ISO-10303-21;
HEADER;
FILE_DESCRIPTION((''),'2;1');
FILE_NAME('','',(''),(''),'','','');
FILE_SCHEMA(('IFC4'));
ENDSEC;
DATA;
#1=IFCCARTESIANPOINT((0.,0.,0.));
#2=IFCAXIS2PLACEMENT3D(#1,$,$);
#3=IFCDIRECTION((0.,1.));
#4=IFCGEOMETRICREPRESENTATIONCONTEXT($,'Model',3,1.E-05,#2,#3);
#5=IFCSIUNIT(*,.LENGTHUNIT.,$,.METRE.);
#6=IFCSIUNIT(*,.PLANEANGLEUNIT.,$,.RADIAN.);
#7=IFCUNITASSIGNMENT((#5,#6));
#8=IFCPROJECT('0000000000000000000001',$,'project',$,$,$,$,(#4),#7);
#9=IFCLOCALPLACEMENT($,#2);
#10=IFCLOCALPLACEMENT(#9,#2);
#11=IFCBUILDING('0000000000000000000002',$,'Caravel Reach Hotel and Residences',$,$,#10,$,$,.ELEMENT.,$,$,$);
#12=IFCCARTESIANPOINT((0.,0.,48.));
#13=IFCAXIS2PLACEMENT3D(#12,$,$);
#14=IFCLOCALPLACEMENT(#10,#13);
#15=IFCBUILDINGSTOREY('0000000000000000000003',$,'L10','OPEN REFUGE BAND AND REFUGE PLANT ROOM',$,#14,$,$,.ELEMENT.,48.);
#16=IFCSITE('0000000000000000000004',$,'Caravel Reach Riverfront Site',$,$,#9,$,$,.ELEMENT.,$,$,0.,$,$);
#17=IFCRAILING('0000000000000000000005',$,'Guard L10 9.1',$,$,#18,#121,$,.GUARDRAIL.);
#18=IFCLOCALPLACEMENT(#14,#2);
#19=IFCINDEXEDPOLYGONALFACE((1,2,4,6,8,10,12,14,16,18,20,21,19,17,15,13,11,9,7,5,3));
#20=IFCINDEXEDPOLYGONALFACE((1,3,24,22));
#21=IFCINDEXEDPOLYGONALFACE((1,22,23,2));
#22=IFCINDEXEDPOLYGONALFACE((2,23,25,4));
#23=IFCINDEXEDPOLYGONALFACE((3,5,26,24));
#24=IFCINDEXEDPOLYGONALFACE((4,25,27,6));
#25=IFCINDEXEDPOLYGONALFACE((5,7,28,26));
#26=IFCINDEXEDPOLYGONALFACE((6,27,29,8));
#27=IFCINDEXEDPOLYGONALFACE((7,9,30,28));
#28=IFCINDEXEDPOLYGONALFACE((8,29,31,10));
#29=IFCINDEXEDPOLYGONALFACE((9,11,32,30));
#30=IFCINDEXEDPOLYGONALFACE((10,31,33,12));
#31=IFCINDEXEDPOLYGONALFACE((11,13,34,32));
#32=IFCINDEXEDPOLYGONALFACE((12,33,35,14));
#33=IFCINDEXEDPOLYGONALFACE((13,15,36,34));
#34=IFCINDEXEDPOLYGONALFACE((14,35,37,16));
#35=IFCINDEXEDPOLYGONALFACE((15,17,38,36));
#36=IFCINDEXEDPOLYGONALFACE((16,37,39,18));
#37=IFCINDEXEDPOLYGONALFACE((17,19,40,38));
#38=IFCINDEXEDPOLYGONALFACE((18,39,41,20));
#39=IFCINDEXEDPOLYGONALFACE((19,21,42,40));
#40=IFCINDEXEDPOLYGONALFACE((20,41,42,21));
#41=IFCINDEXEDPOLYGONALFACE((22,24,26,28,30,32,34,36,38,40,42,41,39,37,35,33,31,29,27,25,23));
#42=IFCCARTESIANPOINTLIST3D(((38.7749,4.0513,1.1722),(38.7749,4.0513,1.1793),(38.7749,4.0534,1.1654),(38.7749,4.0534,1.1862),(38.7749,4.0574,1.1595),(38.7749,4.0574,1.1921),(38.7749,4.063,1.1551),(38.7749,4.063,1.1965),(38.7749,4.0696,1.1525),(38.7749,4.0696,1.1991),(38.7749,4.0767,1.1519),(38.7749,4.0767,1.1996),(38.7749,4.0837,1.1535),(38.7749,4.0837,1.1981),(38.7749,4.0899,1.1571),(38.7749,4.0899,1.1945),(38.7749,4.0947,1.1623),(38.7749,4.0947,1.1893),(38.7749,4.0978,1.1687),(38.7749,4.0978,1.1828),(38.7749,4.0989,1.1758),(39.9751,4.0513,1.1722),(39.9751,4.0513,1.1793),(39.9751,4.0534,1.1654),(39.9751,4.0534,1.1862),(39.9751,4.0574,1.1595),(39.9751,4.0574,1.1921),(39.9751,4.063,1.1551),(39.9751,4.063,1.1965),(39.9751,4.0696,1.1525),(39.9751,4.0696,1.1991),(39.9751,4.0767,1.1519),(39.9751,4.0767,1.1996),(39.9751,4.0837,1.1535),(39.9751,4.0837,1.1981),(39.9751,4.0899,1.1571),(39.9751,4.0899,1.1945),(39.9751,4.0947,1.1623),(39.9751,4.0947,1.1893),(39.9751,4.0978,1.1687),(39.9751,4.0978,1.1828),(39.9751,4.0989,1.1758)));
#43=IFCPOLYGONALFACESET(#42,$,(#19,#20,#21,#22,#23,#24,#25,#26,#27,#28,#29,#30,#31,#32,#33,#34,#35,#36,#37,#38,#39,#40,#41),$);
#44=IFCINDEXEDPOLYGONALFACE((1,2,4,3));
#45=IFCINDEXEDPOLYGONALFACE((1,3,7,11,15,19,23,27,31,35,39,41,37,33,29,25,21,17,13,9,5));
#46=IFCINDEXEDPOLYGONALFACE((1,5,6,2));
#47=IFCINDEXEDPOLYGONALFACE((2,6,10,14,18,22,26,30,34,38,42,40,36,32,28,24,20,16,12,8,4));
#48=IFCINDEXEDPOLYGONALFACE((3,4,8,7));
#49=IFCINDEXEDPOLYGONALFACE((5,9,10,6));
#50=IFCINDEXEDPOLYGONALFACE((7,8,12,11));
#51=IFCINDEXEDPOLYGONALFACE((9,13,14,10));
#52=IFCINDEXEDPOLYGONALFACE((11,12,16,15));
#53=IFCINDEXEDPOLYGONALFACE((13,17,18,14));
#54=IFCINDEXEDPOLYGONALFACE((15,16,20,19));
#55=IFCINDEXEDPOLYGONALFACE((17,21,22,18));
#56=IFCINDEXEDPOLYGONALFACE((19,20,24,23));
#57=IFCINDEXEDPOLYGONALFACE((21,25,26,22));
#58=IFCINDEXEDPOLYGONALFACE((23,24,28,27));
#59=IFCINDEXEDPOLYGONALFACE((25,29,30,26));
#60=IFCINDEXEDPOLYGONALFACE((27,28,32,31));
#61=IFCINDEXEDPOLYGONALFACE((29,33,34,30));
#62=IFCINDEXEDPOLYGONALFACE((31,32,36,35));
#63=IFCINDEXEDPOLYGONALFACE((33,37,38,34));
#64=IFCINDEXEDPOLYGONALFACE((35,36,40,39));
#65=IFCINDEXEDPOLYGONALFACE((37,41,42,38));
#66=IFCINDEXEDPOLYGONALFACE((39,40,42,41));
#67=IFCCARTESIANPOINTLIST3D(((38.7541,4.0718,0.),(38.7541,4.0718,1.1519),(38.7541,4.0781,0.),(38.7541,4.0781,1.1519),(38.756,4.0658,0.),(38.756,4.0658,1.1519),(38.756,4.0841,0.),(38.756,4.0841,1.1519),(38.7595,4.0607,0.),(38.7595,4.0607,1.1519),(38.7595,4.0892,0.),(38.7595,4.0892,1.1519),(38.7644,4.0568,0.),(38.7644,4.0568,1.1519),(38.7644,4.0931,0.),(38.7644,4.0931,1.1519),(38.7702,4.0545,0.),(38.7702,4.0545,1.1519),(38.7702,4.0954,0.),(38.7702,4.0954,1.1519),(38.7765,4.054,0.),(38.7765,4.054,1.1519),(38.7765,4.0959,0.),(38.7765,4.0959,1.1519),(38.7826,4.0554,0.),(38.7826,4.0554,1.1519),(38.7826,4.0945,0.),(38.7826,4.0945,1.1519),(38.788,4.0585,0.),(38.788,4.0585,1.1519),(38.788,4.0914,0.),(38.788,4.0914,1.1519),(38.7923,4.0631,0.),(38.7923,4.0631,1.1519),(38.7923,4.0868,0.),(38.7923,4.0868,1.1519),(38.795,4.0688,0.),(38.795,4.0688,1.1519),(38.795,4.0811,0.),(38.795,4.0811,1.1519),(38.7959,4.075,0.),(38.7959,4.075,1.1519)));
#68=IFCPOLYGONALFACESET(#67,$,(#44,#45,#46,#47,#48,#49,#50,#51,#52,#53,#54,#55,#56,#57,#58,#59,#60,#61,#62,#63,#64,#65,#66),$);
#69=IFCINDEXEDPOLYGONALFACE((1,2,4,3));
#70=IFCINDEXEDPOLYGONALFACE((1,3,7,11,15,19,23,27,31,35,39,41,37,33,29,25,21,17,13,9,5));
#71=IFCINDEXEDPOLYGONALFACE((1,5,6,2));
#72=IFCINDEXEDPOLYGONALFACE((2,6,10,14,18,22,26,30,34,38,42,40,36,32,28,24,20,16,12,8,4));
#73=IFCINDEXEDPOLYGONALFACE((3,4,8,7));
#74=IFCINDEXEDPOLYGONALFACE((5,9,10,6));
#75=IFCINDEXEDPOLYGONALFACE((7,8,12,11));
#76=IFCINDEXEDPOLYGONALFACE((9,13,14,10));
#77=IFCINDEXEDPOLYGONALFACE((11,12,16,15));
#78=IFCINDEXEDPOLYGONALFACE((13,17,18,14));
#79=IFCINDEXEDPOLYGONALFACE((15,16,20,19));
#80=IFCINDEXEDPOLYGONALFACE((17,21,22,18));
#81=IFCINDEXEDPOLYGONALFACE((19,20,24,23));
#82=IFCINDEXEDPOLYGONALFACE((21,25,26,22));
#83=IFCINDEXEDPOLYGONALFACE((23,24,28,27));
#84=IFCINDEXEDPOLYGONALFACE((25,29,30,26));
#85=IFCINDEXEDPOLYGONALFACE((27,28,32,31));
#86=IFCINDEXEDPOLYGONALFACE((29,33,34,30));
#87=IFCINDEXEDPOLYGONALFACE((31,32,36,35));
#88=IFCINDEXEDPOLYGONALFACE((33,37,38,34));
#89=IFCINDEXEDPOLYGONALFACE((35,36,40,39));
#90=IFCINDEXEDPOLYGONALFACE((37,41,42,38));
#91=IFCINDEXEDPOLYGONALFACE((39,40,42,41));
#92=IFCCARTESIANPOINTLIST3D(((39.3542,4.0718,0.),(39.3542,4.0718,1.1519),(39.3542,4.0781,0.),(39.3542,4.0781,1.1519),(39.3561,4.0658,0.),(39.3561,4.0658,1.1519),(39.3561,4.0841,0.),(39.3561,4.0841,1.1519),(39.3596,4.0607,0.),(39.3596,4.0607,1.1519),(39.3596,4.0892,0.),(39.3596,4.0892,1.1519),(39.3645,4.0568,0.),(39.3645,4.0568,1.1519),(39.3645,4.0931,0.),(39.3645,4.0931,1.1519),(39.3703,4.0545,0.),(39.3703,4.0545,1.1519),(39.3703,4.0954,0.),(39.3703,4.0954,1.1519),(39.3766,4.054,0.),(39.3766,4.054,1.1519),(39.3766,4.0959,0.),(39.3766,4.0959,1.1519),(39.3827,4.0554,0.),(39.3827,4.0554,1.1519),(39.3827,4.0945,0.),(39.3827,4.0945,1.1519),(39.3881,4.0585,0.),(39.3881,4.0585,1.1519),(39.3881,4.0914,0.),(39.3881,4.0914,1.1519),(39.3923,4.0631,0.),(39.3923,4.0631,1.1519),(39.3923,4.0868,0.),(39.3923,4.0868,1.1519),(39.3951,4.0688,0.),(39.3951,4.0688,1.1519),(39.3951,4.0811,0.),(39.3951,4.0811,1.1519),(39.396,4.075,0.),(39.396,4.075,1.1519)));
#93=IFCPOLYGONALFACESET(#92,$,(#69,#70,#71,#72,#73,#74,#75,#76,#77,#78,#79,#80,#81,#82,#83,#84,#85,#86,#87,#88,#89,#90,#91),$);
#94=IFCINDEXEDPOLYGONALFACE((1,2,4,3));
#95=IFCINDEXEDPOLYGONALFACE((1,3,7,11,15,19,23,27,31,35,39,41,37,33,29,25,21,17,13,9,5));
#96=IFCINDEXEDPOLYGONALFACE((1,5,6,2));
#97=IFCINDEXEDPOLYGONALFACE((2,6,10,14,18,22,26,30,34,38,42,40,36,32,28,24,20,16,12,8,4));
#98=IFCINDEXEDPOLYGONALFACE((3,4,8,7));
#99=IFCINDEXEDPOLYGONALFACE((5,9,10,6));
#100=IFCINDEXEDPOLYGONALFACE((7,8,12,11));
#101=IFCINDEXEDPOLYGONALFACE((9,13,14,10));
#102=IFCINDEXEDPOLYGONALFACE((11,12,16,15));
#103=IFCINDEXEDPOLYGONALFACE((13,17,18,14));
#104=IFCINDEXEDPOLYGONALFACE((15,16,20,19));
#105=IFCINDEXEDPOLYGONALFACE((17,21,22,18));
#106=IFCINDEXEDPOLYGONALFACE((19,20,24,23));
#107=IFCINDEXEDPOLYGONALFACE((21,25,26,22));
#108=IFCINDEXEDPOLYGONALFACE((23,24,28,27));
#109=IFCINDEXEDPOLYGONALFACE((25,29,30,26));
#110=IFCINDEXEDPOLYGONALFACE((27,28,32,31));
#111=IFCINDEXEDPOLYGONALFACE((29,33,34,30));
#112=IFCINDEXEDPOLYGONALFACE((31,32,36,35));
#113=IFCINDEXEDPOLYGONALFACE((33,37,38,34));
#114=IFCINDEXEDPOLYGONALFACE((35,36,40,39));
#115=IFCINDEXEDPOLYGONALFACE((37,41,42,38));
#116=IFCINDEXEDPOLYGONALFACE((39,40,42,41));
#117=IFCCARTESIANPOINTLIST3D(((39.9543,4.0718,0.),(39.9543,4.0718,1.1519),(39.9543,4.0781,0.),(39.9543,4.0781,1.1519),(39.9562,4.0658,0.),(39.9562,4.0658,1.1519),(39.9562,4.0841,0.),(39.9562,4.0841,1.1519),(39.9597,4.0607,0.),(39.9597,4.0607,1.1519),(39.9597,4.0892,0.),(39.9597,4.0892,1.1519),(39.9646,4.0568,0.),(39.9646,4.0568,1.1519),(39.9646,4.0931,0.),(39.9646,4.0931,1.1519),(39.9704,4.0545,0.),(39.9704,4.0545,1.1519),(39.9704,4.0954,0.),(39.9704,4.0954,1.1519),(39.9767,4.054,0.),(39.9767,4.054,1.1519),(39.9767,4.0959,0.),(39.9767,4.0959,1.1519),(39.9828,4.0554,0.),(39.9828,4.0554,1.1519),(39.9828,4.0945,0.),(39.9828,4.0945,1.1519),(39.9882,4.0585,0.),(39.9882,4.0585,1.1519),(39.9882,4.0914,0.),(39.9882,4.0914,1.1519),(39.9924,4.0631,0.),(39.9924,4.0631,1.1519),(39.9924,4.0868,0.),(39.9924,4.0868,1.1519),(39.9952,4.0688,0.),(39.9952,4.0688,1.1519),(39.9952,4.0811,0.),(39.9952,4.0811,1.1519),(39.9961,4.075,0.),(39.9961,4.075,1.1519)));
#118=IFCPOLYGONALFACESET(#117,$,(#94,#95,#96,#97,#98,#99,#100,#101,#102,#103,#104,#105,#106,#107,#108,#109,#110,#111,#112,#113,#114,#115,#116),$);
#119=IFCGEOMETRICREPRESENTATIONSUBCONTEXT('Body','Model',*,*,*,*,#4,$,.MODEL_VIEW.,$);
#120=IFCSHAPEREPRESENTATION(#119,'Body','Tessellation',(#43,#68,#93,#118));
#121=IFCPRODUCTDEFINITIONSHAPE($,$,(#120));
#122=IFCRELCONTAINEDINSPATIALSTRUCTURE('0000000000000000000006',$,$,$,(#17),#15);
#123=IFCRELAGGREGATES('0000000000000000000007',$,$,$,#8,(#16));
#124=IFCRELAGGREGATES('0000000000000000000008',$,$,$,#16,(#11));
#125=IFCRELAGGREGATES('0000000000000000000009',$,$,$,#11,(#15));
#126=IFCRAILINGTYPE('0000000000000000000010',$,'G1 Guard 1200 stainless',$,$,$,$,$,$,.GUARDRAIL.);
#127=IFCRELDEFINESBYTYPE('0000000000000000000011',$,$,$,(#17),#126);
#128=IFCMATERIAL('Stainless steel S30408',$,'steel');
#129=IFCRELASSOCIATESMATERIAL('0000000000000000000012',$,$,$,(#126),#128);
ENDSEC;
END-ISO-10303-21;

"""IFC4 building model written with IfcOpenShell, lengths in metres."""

from ifc_helpers import new_model, si_unit, direction, frame, origin, origin_2d, place, context, subcontext, project, spatial, circle, extrude, material, type_object, element, save


model = new_model("IFC4")

# Units and contexts
model_context = context("Model", 3, precision=1e-05, world=origin(), true_north=direction((0.0, 1.0)))
body_context = subcontext(model_context, "Body", "Model", "MODEL_VIEW")
ifc_project = project(units=[si_unit("LENGTHUNIT", "METRE"), si_unit("PLANEANGLEUNIT", "RADIAN")], contexts=[model_context])

# Site, building, storey
site_placement = place(None, origin())
site = spatial("IfcSite", under=ifc_project, at=site_placement, Name="Caravel Reach Riverfront Site", CompositionType="ELEMENT", RefElevation=0.0)
building_placement = place(site_placement, origin())
building = spatial("IfcBuilding", under=site, at=building_placement, Name="Caravel Reach Hotel and Residences", CompositionType="ELEMENT")
storey_placement = place(building_placement, frame((0.0, 0.0, 48.0)))
storey = spatial("IfcBuildingStorey", under=building, at=storey_placement, Name="L10", Description="OPEN REFUGE BAND AND REFUGE PLANT ROOM", CompositionType="ELEMENT", Elevation=48.0)

# Railing
ifc_material_1 = material(Name="Stainless steel S30408", Category="steel")
railing_type = type_object("IfcRailingType", Name="G1 Guard 1200 stainless", PredefinedType="GUARDRAIL", material=ifc_material_1)
railing_1_placement = place(storey_placement, frame((38.7749, 4.075, 0.0)))
element("IfcRailing", 1, at=railing_1_placement, inside=storey, type_object=railing_type, Name="Guard L10 9.1", PredefinedType="GUARDRAIL", context=body_context, shape_type="SweptSolid", body=[
    extrude(circle(Radius=0.0239, at=origin_2d()), frame((0.0, 0.0, 1.1758), z_axis=(1.0, 0.0, 0.0), x_axis=(0.0, 1.0, 0.0)), (0.0, 0.0, 1.0), 1.2002),
    extrude(circle(Radius=0.021, at=origin_2d()), origin(), (0.0, 0.0, 1.0), 1.1519),
    extrude(circle(Radius=0.021, at=origin_2d()), frame((0.6001, 0.0, 0.0)), (0.0, 0.0, 1.0), 1.1519),
    extrude(circle(Radius=0.021, at=origin_2d()), frame((1.2002, 0.0, 0.0)), (0.0, 0.0, 1.0), 1.1519),
])

save(model, "model.ifc")
